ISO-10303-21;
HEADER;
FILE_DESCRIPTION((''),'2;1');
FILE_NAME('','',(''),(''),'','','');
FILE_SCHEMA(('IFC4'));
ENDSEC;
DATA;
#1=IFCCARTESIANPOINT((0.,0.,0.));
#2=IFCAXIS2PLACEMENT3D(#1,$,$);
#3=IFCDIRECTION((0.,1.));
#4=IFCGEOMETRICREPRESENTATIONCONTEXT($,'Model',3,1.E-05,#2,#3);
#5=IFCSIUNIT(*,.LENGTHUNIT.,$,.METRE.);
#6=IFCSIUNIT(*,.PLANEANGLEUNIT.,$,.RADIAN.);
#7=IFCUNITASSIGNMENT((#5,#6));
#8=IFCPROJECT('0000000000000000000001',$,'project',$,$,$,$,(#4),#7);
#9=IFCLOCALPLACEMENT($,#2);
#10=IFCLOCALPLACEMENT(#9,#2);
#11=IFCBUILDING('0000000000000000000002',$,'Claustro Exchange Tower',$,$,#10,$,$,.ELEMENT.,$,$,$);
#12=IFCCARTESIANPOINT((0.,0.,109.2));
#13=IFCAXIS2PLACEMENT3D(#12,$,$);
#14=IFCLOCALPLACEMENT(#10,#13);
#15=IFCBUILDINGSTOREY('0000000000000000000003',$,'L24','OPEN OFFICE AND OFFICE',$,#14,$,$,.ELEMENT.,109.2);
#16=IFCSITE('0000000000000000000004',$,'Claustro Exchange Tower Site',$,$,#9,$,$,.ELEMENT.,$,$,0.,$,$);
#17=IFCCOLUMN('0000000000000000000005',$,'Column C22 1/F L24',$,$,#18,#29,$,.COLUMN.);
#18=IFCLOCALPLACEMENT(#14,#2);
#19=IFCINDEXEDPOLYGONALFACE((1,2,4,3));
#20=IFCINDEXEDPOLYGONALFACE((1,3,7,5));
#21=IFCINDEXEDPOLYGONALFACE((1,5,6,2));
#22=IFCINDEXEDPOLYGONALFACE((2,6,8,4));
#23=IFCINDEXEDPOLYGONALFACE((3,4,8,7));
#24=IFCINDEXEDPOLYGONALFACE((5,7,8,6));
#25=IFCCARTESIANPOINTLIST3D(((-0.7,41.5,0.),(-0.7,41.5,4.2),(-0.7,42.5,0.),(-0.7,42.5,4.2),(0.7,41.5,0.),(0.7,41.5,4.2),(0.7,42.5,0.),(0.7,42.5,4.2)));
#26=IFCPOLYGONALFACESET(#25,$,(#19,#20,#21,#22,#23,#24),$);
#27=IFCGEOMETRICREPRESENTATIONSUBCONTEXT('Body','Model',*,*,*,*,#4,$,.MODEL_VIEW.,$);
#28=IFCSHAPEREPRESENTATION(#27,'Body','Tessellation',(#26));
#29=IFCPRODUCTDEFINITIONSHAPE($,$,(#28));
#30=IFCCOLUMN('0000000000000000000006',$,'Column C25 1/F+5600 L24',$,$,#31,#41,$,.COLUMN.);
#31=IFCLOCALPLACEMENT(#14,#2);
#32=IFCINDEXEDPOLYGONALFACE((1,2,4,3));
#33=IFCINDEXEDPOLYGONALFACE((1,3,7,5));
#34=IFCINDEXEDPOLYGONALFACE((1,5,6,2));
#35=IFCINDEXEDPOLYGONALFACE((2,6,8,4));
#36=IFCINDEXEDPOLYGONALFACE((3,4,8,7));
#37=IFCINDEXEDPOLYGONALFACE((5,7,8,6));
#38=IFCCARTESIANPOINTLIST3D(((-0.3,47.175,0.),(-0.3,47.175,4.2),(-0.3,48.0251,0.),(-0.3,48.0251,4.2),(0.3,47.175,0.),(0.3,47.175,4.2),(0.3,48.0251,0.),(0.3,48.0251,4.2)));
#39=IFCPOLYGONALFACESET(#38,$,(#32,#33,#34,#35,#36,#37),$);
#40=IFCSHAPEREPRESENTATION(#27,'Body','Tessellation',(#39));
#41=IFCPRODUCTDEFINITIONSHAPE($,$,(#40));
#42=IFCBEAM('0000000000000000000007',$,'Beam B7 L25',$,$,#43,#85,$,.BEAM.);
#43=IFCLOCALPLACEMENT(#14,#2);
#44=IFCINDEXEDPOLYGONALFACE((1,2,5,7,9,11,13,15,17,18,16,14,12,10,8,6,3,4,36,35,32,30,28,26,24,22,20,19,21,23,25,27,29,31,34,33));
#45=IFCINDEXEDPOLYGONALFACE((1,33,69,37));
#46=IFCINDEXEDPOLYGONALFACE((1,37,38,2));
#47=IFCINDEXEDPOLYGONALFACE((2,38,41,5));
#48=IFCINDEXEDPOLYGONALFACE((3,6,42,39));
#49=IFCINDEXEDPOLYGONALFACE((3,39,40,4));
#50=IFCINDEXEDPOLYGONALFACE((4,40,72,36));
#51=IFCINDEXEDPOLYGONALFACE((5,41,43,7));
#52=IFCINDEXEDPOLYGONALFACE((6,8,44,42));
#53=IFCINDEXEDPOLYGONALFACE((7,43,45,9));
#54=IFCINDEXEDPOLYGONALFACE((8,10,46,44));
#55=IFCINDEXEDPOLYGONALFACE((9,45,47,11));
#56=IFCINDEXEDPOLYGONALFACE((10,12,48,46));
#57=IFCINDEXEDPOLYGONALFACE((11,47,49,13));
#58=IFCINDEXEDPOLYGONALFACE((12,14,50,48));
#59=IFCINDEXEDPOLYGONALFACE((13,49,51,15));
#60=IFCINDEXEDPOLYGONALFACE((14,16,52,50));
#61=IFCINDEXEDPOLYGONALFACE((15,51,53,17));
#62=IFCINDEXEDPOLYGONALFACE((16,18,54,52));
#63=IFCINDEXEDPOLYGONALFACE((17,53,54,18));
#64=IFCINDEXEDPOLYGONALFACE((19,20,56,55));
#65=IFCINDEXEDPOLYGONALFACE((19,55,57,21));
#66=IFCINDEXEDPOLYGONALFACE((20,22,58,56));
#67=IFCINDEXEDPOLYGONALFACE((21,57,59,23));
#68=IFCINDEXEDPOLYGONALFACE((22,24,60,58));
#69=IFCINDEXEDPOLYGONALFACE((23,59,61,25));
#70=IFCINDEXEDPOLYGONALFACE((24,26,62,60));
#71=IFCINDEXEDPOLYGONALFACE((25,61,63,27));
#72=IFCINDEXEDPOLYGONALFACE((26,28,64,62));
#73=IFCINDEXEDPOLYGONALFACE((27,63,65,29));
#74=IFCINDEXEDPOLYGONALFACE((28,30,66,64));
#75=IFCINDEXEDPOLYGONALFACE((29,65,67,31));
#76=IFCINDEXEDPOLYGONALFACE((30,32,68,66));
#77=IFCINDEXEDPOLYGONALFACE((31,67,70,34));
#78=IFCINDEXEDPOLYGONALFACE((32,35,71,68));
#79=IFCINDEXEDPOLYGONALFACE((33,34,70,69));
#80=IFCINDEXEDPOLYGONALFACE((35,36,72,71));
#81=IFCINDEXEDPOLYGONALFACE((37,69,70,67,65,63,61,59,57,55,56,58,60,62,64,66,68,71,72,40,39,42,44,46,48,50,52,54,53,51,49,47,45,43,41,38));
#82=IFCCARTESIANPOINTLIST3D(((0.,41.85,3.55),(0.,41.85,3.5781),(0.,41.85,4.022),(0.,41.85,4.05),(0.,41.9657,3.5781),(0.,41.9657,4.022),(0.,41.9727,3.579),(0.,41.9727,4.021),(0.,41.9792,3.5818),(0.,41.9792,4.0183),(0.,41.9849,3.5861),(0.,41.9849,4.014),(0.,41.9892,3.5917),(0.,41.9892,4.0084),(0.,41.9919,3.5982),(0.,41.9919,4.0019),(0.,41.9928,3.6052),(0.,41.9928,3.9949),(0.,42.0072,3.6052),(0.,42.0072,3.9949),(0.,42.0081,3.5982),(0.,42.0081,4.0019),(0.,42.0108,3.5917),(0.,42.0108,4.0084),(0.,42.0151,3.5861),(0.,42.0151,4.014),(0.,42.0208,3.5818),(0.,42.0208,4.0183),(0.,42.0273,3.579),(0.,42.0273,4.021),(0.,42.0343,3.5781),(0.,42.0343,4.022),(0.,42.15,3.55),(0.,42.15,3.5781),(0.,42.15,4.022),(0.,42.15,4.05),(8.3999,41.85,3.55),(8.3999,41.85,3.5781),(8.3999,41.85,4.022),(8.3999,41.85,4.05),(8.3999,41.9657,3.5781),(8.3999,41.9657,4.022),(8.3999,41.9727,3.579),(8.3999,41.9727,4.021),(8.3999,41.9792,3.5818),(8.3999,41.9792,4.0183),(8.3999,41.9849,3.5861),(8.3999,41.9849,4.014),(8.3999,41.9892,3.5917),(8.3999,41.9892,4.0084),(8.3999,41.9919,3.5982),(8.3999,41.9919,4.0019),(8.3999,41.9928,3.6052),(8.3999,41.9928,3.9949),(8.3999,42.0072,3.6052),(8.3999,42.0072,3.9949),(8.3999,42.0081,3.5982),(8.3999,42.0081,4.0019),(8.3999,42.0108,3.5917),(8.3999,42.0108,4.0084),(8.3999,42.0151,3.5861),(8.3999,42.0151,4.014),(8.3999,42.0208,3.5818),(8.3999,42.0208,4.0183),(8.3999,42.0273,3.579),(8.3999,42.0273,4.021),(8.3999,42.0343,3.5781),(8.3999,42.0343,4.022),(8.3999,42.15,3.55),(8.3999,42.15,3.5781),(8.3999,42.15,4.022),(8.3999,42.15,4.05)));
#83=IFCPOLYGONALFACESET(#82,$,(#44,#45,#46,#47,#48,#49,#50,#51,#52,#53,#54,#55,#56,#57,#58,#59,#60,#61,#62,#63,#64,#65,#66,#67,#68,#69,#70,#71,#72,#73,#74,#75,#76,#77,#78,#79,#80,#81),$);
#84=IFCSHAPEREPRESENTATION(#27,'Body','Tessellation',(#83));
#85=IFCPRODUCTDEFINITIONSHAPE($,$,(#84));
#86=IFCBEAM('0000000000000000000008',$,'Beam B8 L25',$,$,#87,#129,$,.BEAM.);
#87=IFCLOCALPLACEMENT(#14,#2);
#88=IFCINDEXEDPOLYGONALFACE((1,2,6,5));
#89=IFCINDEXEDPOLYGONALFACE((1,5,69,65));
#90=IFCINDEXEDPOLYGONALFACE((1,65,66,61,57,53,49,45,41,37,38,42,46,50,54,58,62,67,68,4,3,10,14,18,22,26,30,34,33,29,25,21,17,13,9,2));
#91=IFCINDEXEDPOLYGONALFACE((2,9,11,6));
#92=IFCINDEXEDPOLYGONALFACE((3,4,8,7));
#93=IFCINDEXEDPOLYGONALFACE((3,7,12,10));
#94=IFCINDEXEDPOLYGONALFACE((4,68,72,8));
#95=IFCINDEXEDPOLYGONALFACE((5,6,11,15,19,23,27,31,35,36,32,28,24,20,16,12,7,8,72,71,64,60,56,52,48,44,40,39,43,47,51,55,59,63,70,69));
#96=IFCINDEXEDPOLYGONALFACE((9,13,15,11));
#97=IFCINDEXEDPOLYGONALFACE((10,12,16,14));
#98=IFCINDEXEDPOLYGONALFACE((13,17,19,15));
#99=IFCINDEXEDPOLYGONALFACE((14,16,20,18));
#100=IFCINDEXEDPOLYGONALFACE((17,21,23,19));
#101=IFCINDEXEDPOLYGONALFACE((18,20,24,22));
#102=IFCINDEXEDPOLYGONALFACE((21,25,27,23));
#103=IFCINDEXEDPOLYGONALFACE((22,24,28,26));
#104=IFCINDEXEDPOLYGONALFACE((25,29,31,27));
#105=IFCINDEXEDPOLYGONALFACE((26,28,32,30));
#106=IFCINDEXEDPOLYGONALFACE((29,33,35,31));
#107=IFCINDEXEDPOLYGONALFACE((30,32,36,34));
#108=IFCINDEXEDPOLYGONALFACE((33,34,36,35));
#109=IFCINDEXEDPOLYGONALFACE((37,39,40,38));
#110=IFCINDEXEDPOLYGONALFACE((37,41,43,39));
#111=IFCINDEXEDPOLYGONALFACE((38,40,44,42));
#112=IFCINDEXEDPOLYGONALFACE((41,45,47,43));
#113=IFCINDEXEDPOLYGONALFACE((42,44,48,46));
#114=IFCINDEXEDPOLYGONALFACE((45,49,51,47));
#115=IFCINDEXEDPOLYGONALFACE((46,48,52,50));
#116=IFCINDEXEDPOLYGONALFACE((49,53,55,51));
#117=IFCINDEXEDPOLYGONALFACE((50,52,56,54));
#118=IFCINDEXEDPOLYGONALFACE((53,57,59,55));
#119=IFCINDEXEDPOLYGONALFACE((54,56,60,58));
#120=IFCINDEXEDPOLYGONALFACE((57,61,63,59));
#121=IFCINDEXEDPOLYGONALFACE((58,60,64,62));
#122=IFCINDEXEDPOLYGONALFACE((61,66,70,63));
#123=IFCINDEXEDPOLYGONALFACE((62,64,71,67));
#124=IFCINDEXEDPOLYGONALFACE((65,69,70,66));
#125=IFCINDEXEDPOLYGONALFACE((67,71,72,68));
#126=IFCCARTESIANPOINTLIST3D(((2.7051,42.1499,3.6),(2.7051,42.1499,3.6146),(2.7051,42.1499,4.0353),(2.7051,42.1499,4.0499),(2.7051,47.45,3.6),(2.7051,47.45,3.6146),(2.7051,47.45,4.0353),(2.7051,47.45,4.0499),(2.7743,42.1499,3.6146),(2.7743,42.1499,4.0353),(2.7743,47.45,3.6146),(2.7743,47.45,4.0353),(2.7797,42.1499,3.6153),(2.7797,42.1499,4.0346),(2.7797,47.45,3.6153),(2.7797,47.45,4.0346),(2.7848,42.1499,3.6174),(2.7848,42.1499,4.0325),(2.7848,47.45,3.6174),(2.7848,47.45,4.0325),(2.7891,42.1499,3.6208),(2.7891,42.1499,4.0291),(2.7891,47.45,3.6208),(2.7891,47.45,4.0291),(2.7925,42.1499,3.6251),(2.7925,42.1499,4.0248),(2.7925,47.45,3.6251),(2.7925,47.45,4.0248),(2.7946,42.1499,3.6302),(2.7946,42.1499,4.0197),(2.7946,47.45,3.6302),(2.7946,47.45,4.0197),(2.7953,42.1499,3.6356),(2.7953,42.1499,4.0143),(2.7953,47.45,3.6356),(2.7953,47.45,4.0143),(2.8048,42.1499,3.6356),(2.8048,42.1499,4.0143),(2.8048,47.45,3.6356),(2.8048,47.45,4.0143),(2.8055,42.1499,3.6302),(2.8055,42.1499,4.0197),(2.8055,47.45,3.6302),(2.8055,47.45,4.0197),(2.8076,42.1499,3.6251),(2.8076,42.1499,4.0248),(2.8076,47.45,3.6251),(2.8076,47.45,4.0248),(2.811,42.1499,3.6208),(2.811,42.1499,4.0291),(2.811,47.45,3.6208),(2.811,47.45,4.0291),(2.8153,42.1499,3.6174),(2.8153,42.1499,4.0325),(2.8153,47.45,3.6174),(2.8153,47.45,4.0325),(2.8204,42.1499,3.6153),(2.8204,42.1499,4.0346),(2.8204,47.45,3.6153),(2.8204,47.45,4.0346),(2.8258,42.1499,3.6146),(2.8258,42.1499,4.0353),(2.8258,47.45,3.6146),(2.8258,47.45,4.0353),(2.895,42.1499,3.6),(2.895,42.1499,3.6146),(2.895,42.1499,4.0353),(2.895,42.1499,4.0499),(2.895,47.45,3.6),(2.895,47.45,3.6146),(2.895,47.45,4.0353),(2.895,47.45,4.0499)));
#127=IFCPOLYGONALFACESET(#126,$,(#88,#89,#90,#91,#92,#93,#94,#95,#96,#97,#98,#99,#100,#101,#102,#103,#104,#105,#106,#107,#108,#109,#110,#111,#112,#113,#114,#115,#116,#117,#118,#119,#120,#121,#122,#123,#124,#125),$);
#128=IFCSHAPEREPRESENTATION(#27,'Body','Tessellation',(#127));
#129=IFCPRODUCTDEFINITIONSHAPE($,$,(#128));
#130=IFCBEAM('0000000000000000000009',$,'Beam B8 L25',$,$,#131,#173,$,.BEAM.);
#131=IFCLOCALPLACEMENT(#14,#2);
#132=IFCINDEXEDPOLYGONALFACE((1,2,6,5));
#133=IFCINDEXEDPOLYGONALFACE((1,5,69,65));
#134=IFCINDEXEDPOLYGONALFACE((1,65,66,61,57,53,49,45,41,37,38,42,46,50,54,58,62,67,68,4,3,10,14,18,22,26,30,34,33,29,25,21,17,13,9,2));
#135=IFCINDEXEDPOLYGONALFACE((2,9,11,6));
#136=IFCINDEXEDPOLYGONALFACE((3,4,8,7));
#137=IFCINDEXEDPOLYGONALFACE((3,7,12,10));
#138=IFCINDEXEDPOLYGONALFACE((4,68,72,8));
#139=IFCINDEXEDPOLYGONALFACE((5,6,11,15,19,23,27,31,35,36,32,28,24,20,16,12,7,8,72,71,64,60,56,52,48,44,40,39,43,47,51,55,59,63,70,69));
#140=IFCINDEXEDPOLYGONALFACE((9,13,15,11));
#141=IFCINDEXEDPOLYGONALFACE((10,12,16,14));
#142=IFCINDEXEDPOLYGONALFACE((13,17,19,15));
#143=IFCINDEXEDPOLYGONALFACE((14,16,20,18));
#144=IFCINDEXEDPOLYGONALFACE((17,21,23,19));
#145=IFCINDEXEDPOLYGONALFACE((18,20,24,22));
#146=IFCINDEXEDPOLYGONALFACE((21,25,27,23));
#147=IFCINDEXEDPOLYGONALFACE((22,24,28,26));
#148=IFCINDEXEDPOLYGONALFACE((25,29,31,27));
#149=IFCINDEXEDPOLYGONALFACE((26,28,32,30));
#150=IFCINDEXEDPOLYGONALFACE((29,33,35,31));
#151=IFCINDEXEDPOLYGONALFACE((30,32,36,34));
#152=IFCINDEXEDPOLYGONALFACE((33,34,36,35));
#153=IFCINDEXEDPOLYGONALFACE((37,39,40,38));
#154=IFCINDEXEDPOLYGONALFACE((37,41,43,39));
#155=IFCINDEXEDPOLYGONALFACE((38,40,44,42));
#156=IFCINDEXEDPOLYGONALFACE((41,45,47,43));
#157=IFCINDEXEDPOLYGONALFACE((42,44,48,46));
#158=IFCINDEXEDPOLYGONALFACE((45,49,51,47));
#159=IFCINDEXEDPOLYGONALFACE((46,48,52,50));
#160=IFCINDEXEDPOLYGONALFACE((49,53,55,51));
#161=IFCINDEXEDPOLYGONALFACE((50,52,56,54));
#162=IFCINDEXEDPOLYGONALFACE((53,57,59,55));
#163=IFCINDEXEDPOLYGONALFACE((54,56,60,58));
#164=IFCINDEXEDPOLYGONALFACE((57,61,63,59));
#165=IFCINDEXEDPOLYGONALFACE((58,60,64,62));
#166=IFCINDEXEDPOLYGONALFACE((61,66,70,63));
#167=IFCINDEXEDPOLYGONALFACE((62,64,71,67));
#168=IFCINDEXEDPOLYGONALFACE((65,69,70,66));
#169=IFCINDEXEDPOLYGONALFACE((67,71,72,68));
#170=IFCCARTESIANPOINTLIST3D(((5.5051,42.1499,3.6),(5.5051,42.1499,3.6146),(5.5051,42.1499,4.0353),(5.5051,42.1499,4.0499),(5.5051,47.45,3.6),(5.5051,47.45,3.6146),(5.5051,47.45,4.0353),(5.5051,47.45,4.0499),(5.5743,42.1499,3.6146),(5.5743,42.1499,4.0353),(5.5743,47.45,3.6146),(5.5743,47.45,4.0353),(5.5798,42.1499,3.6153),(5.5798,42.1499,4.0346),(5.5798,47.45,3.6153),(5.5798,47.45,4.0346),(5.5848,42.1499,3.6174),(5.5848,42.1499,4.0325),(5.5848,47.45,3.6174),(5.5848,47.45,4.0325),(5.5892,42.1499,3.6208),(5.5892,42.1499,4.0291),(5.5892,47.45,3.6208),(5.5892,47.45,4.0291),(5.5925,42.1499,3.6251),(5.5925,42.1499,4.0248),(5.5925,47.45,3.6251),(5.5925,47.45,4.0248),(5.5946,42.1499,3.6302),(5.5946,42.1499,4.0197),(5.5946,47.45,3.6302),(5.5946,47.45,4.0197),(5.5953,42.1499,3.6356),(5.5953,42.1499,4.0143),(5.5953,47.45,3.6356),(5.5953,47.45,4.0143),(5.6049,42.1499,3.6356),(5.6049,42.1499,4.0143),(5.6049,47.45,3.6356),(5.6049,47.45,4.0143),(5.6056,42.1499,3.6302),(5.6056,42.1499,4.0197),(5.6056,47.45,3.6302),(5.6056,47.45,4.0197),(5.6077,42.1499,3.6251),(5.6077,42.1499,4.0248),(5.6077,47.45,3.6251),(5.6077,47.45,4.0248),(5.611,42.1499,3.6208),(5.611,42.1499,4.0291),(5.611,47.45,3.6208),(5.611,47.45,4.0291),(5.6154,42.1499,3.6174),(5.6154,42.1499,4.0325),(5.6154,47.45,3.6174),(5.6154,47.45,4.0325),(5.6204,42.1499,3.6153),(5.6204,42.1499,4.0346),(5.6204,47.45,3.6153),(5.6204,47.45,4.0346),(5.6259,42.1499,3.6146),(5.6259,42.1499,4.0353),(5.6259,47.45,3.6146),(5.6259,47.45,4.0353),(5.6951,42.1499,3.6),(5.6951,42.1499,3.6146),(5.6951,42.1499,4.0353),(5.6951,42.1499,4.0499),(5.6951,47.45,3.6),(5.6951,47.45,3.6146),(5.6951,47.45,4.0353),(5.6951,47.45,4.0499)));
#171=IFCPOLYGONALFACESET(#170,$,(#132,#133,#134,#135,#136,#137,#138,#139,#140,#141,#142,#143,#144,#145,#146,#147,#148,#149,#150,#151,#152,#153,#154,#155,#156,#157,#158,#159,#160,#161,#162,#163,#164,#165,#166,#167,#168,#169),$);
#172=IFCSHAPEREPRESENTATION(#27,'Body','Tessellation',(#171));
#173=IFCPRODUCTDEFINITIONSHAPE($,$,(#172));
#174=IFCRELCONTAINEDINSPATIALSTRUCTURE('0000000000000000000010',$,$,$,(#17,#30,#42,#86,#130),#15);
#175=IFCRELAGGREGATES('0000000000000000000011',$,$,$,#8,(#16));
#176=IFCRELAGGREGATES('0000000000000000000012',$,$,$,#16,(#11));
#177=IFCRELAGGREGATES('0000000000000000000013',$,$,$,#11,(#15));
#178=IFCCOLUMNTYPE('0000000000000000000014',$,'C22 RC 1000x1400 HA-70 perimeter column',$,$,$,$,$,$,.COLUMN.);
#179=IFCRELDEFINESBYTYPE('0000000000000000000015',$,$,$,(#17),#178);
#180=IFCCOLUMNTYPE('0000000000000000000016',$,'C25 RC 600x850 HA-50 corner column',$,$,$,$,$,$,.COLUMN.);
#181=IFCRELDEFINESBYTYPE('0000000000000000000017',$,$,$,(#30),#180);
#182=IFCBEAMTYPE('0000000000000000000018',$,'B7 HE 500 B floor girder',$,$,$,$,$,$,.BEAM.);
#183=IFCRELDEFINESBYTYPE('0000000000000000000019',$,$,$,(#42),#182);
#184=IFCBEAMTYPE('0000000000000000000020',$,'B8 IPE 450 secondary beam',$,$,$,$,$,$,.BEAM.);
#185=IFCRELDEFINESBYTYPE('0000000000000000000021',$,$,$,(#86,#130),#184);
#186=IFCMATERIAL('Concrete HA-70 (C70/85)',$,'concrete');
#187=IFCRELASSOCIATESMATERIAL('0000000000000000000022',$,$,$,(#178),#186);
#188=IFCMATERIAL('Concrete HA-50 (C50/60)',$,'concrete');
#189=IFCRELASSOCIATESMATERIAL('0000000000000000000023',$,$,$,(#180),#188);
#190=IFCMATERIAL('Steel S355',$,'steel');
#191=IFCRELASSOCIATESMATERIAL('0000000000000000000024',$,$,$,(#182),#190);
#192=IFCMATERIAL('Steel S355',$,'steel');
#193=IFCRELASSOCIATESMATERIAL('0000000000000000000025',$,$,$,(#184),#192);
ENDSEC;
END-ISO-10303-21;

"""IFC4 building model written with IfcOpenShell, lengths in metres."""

from ifc_helpers import new_model, si_unit, direction, frame, origin, origin_2d, place, context, subcontext, project, spatial, rectangle, i_section, extrude, material, material_profile, profile_set, type_object, element, save


model = new_model("IFC4")

# Units and contexts
model_context = context("Model", 3, precision=1e-05, world=origin(), true_north=direction((0.0, 1.0)))
body_context = subcontext(model_context, "Body", "Model", "MODEL_VIEW")
ifc_project = project(units=[si_unit("LENGTHUNIT", "METRE"), si_unit("PLANEANGLEUNIT", "RADIAN")], contexts=[model_context])

# Site, building, storey
site_placement = place(None, origin())
site = spatial("IfcSite", under=ifc_project, at=site_placement, Name="Claustro Exchange Tower Site", CompositionType="ELEMENT", RefElevation=0.0)
building_placement = place(site_placement, origin())
building = spatial("IfcBuilding", under=site, at=building_placement, Name="Claustro Exchange Tower", CompositionType="ELEMENT")
storey_placement = place(building_placement, frame((0.0, 0.0, 109.2)))
storey = spatial("IfcBuildingStorey", under=building, at=storey_placement, Name="L24", Description="OPEN OFFICE AND OFFICE", CompositionType="ELEMENT", Elevation=109.2)

# Columns
ifc_material_1 = material(Name="Concrete HA-70 (C70/85)", Category="concrete")
ifc_material_profile_1 = material_profile(ifc_material_1, rectangle(XDim=1.0, YDim=1.3999, at=origin_2d()), Name="RC 1000x1400")
ifc_profile_set_1 = profile_set([ifc_material_profile_1], Name="Concrete HA-70 (C70/85)")
column_type_1 = type_object("IfcColumnType", Name="C22 RC 1000x1400 HA-70 perimeter column", PredefinedType="COLUMN", material=ifc_profile_set_1)
column_1_placement = place(storey_placement, frame((0.0, 42.0, 0.0), z_axis=(0.0, 0.0, 1.0), x_axis=(0.0, 1.0, 0.0)))
element("IfcColumn", 1, at=column_1_placement, inside=storey, type_object=column_type_1, Name="Column C22 1/F L24", PredefinedType="COLUMN", context=body_context, shape_type="SweptSolid", body=[
    extrude(rectangle(XDim=1.0, YDim=1.3999, at=origin_2d()), origin(), (0.0, 0.0, 1.0), 4.2),
])
ifc_material_2 = material(Name="Concrete HA-50 (C50/60)", Category="concrete")
ifc_material_profile_2 = material_profile(ifc_material_2, rectangle(XDim=0.6001, YDim=0.8501, at=origin_2d()), Name="RC 600x850")
ifc_profile_set_2 = profile_set([ifc_material_profile_2], Name="Concrete HA-50 (C50/60)")
column_type_2 = type_object("IfcColumnType", Name="C25 RC 600x850 HA-50 corner column", PredefinedType="COLUMN", material=ifc_profile_set_2)
column_2_placement = place(storey_placement, frame((0.0, 47.6001, 0.0), z_axis=(0.0, 0.0, 1.0), x_axis=(1.0, 0.0, 0.0)))
element("IfcColumn", 2, at=column_2_placement, inside=storey, type_object=column_type_2, Name="Column C25 1/F+5600 L24", PredefinedType="COLUMN", context=body_context, shape_type="SweptSolid", body=[
    extrude(rectangle(XDim=0.6001, YDim=0.8501, at=origin_2d()), origin(), (0.0, 0.0, 1.0), 4.2),
])

# Beams
ifc_material_3 = material(Name="Steel S355", Category="steel")
ifc_material_profile_3 = material_profile(ifc_material_3, i_section(OverallWidth=0.3, OverallDepth=0.5, WebThickness=0.0144, FlangeThickness=0.0281, FilletRadius=0.0271, at=origin_2d()), Name="HE 500 B")
ifc_profile_set_3 = profile_set([ifc_material_profile_3], Name="Steel S355")
beam_type_1 = type_object("IfcBeamType", Name="B7 HE 500 B floor girder", PredefinedType="BEAM", material=ifc_profile_set_3)
beam_1_placement = place(storey_placement, frame((0.0, 42.0, 3.8), z_axis=(1.0, 0.0, 0.0), x_axis=(0.0, 1.0, 0.0)))
element("IfcBeam", 3, at=beam_1_placement, inside=storey, type_object=beam_type_1, Name="Beam B7 L25", PredefinedType="BEAM", context=body_context, shape_type="SweptSolid", body=[
    extrude(i_section(OverallWidth=0.3, OverallDepth=0.5, WebThickness=0.0144, FlangeThickness=0.0281, FilletRadius=0.0271, at=origin_2d()), origin(), (0.0, 0.0, 1.0), 8.3999),
])
ifc_material_4 = material(Name="Steel S355", Category="steel")
ifc_material_profile_4 = material_profile(ifc_material_4, i_section(OverallWidth=0.1899, OverallDepth=0.45, WebThickness=0.0095, FlangeThickness=0.0146, FilletRadius=0.021, at=origin_2d()), Name="IPE 450")
ifc_profile_set_4 = profile_set([ifc_material_profile_4], Name="Steel S355")
beam_type_2 = type_object("IfcBeamType", Name="B8 IPE 450 secondary beam", PredefinedType="BEAM", material=ifc_profile_set_4)
for number, where, z_axis, x_axis, name in (
    (4, (2.8, 42.1499, 3.825), (0.0, 1.0, 0.0), (-1.0, 0.0, 0.0), "Beam B8 L25"),
    (5, (5.6001, 42.1499, 3.825), (0.0, 1.0, 0.0), (-1.0, 0.0, 0.0), "Beam B8 L25"),
):
    element("IfcBeam", number, at=place(storey_placement, frame(where, z_axis=z_axis, x_axis=x_axis)), inside=storey, type_object=beam_type_2, Name=name, PredefinedType="BEAM", context=body_context, shape_type="SweptSolid", body=[
        extrude(i_section(OverallWidth=0.1899, OverallDepth=0.45, WebThickness=0.0095, FlangeThickness=0.0146, FilletRadius=0.021, at=origin_2d()), origin(), (0.0, 0.0, 1.0), 5.3),
    ])

save(model, "model.ifc")
